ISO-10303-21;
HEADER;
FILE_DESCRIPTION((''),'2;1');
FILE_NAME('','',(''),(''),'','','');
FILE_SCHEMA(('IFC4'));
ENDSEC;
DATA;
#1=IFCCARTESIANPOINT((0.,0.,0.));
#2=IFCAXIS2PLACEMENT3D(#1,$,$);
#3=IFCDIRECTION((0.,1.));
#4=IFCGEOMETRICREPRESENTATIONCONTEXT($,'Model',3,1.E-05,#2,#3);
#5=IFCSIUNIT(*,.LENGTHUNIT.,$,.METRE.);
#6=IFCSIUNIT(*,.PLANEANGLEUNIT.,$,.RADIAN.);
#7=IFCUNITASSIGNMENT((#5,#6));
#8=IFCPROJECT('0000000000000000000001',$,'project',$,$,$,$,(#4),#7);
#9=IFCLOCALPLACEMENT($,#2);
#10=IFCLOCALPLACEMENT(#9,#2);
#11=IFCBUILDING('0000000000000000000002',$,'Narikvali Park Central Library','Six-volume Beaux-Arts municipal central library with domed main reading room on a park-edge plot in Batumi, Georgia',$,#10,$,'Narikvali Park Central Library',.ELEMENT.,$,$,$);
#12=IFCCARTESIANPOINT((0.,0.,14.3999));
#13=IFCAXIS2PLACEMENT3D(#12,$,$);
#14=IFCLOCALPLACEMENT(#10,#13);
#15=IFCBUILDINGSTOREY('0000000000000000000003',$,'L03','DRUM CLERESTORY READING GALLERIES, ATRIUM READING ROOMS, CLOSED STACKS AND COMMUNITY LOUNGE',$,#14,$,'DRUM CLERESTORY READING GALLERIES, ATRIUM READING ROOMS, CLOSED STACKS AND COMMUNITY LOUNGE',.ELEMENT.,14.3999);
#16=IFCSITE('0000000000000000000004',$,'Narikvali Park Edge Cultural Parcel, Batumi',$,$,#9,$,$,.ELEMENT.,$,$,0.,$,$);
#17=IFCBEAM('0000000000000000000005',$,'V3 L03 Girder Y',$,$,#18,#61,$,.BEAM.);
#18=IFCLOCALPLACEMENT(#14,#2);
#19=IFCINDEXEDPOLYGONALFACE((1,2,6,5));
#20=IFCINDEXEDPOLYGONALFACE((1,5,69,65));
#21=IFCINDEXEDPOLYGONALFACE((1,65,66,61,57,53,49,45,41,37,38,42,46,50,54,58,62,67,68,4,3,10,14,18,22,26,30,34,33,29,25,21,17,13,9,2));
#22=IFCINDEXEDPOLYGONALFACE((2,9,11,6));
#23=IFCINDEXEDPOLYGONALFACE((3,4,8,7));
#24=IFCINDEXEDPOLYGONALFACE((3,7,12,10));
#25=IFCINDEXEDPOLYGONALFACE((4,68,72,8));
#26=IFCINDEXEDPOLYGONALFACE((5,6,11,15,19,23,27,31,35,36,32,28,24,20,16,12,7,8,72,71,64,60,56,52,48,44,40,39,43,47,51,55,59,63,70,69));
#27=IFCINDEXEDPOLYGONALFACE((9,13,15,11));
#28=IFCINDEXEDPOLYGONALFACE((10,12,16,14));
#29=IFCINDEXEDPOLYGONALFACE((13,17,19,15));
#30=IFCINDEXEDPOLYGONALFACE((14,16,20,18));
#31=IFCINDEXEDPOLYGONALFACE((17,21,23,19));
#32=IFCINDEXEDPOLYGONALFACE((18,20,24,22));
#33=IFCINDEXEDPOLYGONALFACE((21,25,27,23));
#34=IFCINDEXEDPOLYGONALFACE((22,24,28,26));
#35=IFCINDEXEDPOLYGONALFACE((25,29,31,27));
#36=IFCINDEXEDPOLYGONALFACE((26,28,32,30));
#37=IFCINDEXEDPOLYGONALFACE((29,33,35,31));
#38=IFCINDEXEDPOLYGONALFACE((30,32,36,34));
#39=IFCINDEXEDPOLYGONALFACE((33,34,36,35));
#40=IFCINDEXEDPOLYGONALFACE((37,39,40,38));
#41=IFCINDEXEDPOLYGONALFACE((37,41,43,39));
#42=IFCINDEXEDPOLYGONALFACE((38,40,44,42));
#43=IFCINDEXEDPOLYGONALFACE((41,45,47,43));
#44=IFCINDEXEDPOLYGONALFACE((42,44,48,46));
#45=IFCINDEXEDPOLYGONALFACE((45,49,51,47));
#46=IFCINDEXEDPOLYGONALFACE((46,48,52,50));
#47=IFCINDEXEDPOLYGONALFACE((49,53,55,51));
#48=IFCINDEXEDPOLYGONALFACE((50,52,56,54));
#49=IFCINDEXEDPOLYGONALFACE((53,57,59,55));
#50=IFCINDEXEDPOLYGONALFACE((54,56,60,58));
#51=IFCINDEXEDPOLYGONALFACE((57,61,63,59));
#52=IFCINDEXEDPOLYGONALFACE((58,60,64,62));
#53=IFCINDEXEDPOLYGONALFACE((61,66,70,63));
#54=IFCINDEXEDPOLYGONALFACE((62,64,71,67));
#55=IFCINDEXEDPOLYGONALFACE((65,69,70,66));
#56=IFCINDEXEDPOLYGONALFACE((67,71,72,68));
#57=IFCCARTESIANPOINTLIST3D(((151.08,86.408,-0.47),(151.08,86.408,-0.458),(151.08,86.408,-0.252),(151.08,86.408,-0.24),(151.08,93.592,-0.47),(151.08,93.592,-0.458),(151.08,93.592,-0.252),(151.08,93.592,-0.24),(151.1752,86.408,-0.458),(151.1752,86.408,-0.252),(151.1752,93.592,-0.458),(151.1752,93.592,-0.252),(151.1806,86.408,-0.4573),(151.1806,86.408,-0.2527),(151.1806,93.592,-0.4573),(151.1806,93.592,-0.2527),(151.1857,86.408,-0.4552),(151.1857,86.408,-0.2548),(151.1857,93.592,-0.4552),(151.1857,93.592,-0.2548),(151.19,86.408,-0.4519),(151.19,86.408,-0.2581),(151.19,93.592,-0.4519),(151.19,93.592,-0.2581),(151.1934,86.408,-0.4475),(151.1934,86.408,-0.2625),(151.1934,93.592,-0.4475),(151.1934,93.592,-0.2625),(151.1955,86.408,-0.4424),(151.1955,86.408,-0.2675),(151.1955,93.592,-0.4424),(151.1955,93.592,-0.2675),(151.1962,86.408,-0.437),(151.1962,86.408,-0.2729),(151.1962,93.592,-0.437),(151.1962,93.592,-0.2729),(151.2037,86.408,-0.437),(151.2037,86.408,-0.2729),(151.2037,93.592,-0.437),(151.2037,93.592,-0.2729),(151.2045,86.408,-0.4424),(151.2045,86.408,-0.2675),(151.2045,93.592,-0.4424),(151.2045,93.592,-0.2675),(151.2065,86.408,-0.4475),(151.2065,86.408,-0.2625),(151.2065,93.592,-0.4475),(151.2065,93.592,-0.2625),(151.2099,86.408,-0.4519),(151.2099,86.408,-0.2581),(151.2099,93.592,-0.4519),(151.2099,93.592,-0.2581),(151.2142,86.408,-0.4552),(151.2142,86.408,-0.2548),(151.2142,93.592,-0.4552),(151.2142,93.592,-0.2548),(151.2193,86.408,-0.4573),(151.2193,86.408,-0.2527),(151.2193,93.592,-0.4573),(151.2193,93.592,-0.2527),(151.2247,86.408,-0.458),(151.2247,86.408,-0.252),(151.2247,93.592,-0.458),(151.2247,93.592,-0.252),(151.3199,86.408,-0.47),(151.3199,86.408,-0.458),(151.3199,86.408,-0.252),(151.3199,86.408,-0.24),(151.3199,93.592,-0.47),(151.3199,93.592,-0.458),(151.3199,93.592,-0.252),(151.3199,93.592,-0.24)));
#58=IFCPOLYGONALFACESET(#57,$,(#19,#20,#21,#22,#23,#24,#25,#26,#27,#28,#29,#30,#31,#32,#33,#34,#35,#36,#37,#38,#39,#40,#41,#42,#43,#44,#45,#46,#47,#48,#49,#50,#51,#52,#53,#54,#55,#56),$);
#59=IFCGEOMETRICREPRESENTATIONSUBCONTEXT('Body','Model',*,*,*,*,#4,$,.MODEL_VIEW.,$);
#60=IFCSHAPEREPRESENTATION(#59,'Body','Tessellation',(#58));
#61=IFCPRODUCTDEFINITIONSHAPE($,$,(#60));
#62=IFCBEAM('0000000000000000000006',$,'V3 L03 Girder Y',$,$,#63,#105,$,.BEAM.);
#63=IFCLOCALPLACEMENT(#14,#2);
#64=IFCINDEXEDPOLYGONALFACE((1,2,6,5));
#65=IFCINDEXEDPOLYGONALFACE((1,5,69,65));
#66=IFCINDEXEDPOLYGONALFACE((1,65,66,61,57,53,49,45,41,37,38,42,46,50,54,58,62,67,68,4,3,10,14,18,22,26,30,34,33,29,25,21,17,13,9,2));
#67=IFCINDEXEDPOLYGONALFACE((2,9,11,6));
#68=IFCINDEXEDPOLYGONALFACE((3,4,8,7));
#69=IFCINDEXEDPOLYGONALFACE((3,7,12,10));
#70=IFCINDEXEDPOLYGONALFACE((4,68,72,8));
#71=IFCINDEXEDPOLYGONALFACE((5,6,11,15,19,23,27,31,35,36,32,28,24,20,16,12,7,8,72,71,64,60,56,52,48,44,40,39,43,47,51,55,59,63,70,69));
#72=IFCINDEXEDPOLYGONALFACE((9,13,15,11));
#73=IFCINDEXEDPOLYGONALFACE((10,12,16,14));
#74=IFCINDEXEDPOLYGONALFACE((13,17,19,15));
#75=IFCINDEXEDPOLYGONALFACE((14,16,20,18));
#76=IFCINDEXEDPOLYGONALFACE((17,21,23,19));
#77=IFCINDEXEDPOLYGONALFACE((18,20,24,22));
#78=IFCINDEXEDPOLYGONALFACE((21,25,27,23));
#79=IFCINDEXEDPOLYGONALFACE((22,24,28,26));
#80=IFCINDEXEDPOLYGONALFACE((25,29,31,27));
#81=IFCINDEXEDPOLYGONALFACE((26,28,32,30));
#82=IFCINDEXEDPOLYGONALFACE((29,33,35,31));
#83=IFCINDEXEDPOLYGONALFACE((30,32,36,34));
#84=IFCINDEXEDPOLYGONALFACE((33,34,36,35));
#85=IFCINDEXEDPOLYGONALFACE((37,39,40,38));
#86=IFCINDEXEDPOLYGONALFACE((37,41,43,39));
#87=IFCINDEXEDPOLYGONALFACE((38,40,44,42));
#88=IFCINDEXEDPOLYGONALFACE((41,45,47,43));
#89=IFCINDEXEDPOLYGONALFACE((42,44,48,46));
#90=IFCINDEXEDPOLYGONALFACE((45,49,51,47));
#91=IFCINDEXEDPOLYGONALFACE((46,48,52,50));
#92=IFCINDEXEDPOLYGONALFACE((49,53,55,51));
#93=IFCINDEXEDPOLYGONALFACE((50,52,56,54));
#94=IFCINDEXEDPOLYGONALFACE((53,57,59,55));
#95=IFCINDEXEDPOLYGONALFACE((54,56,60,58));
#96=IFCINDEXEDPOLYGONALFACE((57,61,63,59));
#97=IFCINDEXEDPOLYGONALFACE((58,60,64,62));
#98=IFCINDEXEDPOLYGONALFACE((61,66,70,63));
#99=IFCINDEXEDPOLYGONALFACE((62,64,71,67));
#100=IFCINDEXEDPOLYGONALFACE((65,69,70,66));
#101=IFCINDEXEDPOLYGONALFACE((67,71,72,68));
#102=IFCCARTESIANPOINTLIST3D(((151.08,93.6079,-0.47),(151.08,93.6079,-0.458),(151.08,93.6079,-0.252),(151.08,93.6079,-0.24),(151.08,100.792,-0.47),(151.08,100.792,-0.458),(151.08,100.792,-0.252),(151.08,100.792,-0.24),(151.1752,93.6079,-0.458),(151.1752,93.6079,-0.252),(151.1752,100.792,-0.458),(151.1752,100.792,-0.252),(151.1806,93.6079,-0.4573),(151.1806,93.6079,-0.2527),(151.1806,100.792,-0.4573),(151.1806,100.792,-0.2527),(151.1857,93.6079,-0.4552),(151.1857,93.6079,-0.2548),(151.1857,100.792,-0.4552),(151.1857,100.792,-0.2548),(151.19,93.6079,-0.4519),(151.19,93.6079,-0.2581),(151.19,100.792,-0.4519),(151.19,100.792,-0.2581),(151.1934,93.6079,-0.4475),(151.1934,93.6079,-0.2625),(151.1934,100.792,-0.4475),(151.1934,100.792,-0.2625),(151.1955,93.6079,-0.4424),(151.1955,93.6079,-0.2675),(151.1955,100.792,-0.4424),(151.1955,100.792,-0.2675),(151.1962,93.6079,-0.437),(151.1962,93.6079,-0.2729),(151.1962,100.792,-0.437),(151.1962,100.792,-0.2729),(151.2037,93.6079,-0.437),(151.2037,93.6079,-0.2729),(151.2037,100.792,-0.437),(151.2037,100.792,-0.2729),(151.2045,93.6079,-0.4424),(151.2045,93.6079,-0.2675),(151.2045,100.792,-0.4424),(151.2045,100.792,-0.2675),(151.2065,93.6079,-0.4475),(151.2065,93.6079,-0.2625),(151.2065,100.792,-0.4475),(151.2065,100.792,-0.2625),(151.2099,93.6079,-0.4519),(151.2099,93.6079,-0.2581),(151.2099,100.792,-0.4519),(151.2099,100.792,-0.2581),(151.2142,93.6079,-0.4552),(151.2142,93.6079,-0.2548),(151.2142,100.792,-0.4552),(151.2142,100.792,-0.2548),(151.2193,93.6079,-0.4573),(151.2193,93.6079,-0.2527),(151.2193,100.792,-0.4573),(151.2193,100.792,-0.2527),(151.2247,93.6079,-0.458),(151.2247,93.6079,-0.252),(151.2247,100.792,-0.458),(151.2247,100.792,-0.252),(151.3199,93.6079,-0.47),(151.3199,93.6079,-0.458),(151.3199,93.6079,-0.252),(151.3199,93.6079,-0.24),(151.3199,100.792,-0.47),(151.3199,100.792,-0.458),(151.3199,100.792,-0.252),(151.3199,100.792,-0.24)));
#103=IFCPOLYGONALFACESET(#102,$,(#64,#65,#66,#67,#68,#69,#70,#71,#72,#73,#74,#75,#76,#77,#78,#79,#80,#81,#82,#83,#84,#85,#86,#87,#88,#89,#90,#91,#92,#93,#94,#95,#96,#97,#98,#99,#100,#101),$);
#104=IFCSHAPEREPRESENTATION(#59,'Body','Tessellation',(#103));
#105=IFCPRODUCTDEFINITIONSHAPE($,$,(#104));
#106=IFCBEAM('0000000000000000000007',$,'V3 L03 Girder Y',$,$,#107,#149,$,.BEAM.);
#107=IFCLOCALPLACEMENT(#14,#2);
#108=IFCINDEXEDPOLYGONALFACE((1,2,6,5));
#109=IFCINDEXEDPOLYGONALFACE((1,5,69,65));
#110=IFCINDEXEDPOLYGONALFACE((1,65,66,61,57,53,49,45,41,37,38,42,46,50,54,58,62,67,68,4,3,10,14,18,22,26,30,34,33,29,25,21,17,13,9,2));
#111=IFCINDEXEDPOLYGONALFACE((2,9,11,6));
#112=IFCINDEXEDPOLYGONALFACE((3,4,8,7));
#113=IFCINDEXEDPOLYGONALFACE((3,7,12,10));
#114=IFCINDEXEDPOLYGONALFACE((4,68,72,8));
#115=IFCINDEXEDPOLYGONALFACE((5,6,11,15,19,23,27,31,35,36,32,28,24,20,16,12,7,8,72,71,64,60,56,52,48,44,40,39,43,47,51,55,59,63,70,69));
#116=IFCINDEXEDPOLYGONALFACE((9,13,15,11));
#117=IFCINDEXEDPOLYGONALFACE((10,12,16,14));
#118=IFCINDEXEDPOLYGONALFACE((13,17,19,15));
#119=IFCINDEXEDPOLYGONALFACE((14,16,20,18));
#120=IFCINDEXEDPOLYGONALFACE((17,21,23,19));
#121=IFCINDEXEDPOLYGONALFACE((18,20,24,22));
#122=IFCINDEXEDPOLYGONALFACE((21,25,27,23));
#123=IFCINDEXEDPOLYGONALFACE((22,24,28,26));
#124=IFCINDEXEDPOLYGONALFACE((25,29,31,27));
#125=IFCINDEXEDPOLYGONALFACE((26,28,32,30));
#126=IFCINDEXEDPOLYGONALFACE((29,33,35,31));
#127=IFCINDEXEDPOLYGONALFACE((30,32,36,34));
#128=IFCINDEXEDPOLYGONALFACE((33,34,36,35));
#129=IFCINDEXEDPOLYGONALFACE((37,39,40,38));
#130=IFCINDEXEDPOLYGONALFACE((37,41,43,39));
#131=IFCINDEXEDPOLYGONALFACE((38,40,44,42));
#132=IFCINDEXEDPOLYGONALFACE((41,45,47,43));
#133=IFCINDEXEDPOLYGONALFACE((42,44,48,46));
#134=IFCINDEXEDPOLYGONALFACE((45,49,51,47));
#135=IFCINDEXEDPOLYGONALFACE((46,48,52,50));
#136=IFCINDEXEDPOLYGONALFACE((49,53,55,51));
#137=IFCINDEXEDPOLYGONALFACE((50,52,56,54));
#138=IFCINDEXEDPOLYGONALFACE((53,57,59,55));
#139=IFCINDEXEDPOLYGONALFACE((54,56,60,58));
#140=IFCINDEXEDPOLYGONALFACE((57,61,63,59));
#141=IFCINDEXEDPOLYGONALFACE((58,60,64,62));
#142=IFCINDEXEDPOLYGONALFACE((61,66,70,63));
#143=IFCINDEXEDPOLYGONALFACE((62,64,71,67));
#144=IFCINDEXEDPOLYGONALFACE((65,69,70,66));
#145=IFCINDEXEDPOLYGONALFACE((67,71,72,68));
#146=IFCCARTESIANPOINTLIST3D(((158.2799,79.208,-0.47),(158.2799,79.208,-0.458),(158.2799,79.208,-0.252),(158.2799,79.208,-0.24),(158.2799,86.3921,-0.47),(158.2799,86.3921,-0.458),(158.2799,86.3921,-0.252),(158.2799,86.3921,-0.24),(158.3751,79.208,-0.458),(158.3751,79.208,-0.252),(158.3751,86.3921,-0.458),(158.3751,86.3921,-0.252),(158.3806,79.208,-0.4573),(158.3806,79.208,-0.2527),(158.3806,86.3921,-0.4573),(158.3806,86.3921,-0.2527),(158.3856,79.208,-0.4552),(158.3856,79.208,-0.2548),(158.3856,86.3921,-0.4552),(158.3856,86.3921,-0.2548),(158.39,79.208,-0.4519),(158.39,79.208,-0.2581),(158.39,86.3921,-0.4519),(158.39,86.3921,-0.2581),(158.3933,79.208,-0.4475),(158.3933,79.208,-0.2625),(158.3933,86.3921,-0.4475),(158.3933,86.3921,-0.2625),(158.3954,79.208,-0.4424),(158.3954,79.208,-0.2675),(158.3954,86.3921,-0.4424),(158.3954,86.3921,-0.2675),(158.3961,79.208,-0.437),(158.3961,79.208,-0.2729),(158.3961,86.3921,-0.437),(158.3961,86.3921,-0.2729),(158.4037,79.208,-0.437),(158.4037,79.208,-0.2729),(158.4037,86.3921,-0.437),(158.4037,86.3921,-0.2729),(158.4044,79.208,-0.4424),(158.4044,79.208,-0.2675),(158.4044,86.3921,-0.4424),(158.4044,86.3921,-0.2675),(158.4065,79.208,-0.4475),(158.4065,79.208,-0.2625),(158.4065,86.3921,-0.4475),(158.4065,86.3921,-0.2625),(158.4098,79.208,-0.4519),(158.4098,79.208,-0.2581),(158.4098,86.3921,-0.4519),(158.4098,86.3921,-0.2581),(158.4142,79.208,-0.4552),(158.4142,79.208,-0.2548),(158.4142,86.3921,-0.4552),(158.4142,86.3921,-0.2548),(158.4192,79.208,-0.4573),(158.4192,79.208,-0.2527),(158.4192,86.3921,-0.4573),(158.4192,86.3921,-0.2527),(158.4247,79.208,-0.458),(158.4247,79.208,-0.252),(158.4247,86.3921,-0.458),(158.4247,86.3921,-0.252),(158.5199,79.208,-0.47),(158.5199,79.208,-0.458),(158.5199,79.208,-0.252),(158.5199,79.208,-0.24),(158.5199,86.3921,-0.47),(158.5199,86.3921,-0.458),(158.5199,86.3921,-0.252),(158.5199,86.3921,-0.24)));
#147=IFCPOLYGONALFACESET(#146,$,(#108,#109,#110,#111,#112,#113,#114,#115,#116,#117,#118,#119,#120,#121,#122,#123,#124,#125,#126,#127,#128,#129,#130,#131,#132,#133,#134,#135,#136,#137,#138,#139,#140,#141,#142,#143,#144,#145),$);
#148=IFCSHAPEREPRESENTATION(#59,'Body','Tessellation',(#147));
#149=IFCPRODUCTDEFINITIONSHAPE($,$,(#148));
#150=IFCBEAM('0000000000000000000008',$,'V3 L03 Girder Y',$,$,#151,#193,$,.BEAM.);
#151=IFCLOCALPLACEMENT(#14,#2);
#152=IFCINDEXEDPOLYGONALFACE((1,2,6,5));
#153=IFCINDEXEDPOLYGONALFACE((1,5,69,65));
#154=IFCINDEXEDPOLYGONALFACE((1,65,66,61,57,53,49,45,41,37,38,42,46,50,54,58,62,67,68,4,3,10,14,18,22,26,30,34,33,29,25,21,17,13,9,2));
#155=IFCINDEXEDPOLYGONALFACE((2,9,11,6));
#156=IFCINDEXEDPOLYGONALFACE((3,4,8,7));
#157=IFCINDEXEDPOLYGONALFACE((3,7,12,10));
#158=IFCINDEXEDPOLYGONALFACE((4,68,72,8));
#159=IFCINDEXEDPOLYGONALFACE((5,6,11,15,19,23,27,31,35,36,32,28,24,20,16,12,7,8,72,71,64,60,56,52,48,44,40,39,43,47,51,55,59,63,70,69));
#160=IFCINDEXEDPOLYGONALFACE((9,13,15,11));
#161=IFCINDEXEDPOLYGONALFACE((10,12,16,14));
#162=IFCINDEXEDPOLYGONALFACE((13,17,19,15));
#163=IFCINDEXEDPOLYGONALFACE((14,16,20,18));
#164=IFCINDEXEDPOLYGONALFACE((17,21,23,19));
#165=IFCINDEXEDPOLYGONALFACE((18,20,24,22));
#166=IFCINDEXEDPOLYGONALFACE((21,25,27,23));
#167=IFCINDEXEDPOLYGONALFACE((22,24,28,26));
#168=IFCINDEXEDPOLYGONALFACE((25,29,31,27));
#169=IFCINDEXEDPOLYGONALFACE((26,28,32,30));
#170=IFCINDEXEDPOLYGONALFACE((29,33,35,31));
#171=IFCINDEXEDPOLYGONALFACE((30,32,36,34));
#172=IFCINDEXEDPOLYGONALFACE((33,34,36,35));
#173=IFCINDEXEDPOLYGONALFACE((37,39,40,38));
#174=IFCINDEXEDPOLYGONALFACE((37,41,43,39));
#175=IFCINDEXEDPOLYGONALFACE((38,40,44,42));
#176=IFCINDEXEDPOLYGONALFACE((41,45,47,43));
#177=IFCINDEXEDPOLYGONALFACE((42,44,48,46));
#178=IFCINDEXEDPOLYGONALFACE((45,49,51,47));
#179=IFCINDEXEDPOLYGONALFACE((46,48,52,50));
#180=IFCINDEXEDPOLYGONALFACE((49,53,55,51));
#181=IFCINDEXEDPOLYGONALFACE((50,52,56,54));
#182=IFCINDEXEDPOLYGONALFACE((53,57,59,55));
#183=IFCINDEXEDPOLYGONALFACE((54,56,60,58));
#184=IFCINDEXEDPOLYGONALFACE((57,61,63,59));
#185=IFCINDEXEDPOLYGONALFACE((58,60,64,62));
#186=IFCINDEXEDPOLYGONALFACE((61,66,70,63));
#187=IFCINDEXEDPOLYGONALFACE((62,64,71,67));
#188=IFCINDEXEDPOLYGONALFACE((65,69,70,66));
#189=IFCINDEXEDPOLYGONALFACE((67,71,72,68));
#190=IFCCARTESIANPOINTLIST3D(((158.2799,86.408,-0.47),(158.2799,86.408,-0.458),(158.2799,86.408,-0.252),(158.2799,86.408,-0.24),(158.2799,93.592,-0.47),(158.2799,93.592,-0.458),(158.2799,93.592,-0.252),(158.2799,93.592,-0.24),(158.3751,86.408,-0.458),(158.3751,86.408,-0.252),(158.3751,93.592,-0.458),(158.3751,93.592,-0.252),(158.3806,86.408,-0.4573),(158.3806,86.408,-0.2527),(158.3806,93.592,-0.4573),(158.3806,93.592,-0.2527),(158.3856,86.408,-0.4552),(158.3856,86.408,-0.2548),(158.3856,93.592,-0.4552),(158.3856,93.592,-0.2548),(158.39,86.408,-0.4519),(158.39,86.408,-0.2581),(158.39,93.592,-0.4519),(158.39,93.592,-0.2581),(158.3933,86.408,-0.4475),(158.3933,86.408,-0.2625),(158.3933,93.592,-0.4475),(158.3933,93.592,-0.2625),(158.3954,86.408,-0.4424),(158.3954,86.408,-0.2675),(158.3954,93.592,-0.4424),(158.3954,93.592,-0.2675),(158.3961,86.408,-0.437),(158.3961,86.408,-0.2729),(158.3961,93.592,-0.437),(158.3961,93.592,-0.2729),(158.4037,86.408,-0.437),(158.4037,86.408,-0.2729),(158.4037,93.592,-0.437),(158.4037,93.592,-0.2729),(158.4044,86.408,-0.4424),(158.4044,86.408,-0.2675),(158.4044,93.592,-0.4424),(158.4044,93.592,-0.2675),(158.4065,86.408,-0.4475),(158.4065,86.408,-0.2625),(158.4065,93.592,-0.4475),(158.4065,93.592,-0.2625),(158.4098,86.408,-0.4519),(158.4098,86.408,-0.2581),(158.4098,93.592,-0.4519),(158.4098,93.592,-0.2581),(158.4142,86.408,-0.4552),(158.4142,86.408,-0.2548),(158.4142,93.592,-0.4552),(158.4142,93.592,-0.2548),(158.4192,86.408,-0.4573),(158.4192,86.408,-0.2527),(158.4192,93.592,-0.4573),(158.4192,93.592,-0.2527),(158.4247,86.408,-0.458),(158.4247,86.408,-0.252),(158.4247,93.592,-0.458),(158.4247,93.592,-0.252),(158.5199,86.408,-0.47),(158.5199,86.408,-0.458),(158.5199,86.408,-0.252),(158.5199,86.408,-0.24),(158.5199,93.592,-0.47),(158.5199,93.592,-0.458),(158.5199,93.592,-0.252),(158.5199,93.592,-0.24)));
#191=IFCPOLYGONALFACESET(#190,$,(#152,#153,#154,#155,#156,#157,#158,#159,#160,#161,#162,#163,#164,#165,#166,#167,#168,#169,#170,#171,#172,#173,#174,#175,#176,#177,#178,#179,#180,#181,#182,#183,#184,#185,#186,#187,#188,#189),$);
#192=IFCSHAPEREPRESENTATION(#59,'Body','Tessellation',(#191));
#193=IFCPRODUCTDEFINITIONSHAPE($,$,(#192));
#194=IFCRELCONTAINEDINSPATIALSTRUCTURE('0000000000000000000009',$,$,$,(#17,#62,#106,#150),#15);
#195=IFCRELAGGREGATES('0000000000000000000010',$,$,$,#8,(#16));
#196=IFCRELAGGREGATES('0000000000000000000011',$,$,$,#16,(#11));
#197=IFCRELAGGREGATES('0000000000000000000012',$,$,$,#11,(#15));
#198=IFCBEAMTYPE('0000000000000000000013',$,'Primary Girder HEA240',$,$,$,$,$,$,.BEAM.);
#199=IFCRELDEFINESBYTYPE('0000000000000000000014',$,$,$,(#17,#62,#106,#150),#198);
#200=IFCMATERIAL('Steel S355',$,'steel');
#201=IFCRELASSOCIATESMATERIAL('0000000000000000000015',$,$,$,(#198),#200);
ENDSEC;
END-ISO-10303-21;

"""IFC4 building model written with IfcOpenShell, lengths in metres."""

from ifc_helpers import new_model, si_unit, direction, frame, origin, origin_2d, place, context, subcontext, project, spatial, i_section, extrude, material, material_profile, profile_set, type_object, element, save


model = new_model("IFC4")

# Units and contexts
model_context = context("Model", 3, precision=1e-05, world=origin(), true_north=direction((0.0, 1.0)))
body_context = subcontext(model_context, "Body", "Model", "MODEL_VIEW")
ifc_project = project(units=[si_unit("LENGTHUNIT", "METRE"), si_unit("PLANEANGLEUNIT", "RADIAN")], contexts=[model_context])

# Site, building, storey
site_placement = place(None, origin())
site = spatial("IfcSite", under=ifc_project, at=site_placement, Name="Narikvali Park Edge Cultural Parcel, Batumi", CompositionType="ELEMENT", RefElevation=0.0)
building_placement = place(site_placement, origin())
building = spatial("IfcBuilding", under=site, at=building_placement, Name="Narikvali Park Central Library", Description="Six-volume Beaux-Arts municipal central library with domed main reading room on a park-edge plot in Batumi, Georgia", LongName="Narikvali Park Central Library", CompositionType="ELEMENT")
storey_placement = place(building_placement, frame((0.0, 0.0, 14.3999)))
storey = spatial("IfcBuildingStorey", under=building, at=storey_placement, Name="L03", Description="DRUM CLERESTORY READING GALLERIES, ATRIUM READING ROOMS, CLOSED STACKS AND COMMUNITY LOUNGE", LongName="DRUM CLERESTORY READING GALLERIES, ATRIUM READING ROOMS, CLOSED STACKS AND COMMUNITY LOUNGE", CompositionType="ELEMENT", Elevation=14.3999)

# Shared definitions
ifc_material_1 = material(Name="Steel S355", Category="steel")

# Beams
ifc_material_profile_1 = material_profile(ifc_material_1, i_section(OverallWidth=0.24, OverallDepth=0.23, WebThickness=0.0076, FlangeThickness=0.012, FilletRadius=0.021, at=origin_2d()), Name="HEA 240")
ifc_profile_set_1 = profile_set([ifc_material_profile_1], Name="Steel S355")
beam_type_1 = type_object("IfcBeamType", Name="Primary Girder HEA240", PredefinedType="BEAM", material=ifc_profile_set_1)
for number, where, z_axis, x_axis, name in (
    (1, (151.2, 86.408, -0.355), (0.0, 1.0, 0.0), (-1.0, 0.0, 0.0), "V3 L03 Girder Y"),
    (2, (151.2, 93.6079, -0.355), (0.0, 1.0, 0.0), (-1.0, 0.0, 0.0), "V3 L03 Girder Y"),
    (3, (158.3999, 79.208, -0.355), (0.0, 1.0, 0.0), (-1.0, 0.0, 0.0), "V3 L03 Girder Y"),
    (4, (158.3999, 86.408, -0.355), (0.0, 1.0, 0.0), (-1.0, 0.0, 0.0), "V3 L03 Girder Y"),
):
    element("IfcBeam", number, at=place(storey_placement, frame(where, z_axis=z_axis, x_axis=x_axis)), inside=storey, type_object=beam_type_1, Name=name, PredefinedType="BEAM", context=body_context, shape_type="SweptSolid", body=[
        extrude(i_section(OverallWidth=0.24, OverallDepth=0.23, WebThickness=0.0076, FlangeThickness=0.012, FilletRadius=0.021, at=origin_2d()), origin(), (0.0, 0.0, 1.0), 7.1841),
    ])

save(model, "model.ifc")
